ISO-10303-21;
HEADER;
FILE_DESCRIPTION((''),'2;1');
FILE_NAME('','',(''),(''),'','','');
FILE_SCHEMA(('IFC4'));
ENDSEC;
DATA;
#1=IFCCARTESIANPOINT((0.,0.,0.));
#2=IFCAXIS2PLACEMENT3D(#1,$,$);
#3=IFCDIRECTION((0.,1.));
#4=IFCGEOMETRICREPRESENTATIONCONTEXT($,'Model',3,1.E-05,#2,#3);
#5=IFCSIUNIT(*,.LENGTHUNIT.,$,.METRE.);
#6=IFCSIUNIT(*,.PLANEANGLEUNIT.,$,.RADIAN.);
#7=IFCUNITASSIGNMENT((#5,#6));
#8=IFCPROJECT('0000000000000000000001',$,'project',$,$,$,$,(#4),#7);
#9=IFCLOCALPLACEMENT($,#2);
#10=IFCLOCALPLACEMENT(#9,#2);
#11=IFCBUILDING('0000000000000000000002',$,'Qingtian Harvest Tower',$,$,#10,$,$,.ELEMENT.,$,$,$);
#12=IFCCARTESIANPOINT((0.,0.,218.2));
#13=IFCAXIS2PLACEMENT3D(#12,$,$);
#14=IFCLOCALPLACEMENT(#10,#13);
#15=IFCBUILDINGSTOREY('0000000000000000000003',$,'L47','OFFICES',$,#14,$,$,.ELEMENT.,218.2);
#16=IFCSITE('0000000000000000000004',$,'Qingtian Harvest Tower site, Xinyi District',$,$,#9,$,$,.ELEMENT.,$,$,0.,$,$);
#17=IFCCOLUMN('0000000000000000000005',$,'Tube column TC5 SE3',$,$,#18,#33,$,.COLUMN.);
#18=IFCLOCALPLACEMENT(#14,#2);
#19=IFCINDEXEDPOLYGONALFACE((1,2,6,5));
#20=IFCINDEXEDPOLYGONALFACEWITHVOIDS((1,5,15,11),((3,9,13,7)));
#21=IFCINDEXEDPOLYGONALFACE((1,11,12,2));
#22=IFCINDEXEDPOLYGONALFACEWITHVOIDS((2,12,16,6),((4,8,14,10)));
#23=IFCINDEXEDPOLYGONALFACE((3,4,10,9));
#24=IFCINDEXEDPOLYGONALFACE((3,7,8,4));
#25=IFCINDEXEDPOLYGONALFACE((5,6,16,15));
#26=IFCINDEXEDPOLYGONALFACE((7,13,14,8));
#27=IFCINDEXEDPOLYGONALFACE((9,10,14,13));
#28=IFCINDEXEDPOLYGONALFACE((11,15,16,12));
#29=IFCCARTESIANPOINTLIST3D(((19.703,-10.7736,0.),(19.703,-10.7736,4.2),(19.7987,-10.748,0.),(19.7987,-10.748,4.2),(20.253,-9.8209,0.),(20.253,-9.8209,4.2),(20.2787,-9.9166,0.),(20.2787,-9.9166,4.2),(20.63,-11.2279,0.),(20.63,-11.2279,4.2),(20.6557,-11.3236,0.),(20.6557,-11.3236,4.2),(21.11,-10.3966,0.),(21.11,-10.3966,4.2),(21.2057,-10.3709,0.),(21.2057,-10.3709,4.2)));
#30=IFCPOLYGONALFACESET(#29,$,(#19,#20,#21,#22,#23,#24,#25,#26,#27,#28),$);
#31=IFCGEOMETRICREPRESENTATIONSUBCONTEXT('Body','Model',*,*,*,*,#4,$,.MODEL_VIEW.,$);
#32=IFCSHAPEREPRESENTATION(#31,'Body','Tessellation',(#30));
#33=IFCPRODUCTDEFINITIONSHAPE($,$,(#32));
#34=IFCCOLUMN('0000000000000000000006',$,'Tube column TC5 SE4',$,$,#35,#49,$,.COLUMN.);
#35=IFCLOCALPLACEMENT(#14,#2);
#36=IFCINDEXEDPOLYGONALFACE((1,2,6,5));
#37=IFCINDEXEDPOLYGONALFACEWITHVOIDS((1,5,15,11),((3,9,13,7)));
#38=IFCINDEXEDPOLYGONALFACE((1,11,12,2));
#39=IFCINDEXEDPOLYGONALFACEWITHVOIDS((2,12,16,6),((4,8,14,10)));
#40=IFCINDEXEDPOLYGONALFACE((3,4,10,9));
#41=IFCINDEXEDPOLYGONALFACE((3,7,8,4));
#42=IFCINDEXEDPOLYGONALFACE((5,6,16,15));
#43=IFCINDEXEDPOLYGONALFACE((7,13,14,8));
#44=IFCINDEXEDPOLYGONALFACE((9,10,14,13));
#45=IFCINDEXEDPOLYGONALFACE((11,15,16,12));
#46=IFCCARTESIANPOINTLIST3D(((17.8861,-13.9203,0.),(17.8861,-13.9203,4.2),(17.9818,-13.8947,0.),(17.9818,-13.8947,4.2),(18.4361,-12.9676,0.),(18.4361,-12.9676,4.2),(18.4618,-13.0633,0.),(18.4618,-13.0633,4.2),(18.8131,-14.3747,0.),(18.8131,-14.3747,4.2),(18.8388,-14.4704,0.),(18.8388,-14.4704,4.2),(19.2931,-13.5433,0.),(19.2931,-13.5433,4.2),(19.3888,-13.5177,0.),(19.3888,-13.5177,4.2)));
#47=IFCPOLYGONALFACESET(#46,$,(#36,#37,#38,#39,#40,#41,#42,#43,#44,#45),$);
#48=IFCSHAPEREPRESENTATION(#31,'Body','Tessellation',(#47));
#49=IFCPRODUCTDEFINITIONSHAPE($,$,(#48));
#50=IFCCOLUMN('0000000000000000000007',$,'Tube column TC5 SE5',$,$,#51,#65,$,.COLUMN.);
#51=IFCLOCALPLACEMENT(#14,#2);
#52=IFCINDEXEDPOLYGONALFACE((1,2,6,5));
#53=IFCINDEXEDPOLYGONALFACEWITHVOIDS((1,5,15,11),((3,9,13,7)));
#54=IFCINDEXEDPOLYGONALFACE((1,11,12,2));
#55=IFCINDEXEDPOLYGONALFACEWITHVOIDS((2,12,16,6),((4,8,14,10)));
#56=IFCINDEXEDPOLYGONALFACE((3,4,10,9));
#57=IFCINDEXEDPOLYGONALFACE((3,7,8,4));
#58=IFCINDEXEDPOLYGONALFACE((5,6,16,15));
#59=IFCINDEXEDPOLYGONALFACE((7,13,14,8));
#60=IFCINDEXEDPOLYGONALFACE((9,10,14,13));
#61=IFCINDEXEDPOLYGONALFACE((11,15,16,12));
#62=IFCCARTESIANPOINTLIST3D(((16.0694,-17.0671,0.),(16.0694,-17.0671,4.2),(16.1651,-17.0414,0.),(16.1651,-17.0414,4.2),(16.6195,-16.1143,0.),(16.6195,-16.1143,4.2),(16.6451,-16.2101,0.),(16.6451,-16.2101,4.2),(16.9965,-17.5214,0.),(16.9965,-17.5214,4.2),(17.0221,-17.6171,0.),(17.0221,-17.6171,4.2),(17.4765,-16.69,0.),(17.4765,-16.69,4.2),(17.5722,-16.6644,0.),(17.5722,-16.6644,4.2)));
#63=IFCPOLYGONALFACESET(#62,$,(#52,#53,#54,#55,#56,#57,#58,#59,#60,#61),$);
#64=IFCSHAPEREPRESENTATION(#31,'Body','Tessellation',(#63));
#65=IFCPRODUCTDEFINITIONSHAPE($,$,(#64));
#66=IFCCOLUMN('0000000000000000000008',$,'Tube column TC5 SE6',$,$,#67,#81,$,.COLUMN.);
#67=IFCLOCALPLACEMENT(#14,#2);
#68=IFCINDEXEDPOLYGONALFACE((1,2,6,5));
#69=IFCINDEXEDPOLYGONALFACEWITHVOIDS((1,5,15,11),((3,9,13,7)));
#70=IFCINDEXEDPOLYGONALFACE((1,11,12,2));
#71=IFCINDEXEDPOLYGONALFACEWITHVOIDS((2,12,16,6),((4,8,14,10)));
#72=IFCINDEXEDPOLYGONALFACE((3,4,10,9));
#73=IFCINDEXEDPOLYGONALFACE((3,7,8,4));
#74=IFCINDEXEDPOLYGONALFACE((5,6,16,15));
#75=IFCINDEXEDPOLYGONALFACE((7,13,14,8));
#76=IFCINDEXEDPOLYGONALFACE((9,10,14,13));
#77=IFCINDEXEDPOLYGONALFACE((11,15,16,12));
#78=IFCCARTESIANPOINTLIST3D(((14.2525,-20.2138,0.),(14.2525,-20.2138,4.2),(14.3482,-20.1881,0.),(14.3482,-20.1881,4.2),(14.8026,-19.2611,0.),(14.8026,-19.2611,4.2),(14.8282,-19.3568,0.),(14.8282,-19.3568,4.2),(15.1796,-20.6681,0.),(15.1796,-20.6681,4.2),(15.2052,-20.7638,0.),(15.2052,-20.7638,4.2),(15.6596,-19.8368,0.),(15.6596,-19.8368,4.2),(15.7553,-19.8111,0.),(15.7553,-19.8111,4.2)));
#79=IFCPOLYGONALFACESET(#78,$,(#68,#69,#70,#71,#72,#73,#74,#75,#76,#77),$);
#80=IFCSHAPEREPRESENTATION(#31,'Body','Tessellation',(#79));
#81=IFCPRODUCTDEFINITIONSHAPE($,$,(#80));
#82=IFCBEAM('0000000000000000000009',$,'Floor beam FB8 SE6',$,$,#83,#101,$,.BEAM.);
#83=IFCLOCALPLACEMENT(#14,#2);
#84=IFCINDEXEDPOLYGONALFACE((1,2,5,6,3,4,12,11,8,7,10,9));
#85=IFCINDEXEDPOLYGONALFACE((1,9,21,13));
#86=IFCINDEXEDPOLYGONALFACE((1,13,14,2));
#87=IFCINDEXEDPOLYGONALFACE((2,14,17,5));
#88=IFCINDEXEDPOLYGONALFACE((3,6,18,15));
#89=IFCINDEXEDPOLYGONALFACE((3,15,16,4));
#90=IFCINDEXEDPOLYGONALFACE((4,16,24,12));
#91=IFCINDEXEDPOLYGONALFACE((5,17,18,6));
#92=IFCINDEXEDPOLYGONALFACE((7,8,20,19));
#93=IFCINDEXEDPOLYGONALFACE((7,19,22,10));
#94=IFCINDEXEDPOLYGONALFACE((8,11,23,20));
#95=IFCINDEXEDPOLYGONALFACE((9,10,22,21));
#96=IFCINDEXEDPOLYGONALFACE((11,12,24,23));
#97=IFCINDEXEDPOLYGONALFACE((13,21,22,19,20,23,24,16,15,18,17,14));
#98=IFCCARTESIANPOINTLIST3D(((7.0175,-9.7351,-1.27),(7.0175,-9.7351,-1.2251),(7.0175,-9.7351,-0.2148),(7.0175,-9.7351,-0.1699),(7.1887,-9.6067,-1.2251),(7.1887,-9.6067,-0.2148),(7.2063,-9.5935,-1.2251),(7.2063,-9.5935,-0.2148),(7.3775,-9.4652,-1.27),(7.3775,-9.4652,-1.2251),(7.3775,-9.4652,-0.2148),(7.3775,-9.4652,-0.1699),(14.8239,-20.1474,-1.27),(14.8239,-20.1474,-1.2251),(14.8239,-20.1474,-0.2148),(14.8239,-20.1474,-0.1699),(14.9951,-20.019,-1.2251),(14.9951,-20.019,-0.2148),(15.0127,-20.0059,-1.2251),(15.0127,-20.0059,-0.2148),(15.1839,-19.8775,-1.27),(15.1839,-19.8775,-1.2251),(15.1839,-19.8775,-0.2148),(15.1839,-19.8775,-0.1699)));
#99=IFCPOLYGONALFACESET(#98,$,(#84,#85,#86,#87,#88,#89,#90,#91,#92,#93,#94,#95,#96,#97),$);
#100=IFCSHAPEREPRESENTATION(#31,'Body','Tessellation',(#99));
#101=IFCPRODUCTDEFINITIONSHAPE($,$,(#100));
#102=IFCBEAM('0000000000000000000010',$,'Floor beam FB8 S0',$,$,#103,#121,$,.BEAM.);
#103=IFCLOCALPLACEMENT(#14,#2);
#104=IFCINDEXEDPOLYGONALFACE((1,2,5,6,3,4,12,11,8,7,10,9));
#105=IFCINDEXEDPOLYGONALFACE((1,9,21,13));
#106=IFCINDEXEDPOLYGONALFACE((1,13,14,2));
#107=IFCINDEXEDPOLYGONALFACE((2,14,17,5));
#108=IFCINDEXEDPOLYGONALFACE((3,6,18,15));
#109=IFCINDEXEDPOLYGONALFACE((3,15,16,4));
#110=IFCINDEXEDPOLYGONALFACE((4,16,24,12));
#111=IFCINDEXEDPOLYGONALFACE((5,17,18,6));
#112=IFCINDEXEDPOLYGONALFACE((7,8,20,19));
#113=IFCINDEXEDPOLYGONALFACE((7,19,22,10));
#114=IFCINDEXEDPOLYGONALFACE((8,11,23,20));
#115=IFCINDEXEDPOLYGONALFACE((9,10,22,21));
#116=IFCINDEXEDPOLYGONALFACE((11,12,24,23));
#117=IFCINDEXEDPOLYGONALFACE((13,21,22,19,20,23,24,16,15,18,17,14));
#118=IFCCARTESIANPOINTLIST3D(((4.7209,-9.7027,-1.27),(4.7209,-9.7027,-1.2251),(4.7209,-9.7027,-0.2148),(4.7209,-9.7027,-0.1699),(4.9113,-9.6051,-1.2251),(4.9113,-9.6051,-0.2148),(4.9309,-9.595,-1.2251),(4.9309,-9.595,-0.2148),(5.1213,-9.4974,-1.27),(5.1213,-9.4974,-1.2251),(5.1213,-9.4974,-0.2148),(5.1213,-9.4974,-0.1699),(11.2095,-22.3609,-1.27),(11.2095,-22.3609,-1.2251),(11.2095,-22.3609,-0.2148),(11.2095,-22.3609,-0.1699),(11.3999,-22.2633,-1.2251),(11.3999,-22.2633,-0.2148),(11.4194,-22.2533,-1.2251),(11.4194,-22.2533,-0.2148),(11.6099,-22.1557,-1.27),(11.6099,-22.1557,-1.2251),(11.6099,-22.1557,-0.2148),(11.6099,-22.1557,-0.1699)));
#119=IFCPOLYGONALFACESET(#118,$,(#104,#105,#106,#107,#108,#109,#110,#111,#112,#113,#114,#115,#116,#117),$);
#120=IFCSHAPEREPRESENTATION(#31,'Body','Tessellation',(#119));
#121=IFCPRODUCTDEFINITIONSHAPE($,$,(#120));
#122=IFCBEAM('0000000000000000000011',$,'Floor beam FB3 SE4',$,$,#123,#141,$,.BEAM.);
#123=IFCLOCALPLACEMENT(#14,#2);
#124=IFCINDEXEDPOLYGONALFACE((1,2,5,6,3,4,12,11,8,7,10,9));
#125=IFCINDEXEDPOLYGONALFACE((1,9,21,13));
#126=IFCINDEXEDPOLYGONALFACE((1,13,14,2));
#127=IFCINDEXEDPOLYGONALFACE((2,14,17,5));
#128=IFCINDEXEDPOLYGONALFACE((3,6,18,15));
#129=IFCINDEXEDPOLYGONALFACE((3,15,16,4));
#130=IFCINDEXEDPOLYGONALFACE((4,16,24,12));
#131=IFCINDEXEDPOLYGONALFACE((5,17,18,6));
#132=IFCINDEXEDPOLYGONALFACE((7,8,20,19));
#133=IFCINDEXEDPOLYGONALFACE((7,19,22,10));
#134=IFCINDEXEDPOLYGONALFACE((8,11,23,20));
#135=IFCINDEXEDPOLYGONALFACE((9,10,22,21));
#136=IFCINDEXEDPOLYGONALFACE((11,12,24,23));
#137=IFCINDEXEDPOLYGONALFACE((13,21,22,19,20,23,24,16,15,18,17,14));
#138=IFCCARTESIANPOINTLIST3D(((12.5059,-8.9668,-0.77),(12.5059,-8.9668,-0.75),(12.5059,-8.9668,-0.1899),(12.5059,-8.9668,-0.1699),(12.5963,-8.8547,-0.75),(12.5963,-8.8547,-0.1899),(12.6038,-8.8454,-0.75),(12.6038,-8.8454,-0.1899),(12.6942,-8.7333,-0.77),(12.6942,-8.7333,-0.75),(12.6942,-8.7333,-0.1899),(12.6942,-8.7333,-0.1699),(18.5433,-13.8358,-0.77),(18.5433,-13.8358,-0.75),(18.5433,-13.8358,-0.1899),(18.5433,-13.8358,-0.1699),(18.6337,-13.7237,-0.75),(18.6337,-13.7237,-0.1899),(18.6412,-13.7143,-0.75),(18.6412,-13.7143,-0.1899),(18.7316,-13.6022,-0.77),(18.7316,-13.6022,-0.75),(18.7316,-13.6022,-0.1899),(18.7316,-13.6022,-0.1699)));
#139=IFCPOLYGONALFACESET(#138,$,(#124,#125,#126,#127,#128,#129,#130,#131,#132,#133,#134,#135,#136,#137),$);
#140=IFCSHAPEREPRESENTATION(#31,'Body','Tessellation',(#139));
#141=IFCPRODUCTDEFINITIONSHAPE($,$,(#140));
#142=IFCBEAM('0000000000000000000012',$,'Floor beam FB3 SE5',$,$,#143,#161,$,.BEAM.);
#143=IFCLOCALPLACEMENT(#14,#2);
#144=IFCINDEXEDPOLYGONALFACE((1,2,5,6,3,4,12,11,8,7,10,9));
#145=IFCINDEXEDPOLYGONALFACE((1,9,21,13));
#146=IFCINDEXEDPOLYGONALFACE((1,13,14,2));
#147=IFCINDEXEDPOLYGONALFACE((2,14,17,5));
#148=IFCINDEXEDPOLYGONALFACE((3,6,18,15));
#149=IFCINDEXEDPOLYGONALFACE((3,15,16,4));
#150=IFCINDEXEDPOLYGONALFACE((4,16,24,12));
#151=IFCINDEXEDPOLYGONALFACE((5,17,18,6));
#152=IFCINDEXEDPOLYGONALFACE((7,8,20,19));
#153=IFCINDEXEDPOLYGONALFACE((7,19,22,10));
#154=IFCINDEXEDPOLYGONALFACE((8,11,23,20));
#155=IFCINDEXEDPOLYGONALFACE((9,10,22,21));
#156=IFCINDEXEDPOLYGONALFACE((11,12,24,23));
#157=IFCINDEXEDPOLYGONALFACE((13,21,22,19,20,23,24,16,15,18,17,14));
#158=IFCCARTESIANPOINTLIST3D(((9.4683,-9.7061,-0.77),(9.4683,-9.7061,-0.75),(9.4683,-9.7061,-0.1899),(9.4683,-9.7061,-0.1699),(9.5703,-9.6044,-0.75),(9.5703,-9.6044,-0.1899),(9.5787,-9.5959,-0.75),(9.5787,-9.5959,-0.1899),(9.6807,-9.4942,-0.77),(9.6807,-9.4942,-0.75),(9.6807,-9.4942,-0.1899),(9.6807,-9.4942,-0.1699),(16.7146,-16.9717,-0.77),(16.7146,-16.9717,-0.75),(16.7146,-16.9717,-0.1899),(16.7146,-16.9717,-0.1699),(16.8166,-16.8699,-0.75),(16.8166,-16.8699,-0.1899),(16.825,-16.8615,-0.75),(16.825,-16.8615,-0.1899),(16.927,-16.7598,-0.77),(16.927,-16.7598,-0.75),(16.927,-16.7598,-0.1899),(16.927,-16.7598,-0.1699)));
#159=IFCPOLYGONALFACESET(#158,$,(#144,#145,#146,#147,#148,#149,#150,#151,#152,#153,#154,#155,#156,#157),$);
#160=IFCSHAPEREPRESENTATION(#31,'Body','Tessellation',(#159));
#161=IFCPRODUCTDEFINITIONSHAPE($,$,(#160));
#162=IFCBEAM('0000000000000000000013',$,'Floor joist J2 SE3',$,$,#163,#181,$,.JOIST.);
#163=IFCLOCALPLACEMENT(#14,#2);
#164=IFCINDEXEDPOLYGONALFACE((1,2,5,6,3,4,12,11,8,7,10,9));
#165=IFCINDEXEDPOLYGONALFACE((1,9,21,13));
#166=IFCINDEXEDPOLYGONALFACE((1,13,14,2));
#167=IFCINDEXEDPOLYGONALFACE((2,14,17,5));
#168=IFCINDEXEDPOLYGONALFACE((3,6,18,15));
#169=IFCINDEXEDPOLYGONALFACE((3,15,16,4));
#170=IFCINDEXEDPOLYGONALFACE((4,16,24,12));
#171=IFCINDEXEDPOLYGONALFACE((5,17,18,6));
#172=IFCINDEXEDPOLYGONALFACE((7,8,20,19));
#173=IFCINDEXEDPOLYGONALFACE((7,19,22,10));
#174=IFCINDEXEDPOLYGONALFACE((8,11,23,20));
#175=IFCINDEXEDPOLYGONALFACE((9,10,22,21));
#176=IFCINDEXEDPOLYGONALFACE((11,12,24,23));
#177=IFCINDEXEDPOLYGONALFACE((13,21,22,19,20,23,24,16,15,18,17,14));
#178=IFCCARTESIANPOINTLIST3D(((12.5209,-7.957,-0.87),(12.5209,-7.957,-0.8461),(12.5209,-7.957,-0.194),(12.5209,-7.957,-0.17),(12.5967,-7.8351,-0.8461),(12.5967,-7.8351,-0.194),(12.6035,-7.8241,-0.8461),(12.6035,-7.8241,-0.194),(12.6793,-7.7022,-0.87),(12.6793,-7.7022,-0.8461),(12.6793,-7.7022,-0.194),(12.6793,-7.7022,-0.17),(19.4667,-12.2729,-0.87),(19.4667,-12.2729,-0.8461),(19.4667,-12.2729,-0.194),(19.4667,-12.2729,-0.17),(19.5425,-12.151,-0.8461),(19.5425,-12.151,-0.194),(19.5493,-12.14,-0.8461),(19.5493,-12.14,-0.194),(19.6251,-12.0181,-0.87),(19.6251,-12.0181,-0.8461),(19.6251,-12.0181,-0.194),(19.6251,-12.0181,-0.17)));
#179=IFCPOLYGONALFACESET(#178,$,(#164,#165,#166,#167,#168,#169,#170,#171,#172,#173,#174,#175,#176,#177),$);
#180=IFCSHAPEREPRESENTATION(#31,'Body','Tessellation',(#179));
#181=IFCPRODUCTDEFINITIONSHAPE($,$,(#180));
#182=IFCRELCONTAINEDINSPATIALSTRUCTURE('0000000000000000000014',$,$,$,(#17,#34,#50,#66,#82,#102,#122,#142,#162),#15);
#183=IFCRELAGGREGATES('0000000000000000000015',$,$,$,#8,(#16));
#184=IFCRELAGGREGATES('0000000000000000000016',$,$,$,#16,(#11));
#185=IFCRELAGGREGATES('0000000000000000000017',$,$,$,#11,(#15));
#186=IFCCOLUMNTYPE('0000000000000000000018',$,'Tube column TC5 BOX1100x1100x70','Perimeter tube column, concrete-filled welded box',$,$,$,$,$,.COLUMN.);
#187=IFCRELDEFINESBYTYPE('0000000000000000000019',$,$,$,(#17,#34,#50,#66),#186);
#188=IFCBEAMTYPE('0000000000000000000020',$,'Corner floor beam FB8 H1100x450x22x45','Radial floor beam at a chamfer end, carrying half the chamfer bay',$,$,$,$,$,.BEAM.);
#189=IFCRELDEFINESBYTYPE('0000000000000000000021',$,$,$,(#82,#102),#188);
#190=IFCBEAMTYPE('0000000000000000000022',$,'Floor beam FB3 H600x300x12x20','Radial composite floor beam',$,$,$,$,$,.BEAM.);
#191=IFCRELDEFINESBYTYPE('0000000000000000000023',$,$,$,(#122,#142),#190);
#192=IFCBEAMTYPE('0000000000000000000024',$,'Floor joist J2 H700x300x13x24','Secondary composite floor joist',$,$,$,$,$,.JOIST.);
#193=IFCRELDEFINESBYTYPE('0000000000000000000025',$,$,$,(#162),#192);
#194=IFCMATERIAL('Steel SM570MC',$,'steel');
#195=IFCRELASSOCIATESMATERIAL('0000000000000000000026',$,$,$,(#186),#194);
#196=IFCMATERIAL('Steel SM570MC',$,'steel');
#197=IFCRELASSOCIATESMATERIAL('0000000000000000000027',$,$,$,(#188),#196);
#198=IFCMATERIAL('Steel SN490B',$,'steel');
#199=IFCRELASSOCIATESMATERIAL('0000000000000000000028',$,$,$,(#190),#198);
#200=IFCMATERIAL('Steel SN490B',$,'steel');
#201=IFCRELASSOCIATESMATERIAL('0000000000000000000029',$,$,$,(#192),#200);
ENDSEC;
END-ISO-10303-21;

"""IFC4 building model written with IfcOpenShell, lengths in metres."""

from ifc_helpers import new_model, si_unit, direction, frame, origin, origin_2d, place, context, subcontext, project, spatial, hollow_rectangle, i_section, extrude, material, material_profile, profile_set, type_object, element, save


model = new_model("IFC4")

# Units and contexts
model_context = context("Model", 3, precision=1e-05, world=origin(), true_north=direction((0.0, 1.0)))
body_context = subcontext(model_context, "Body", "Model", "MODEL_VIEW")
ifc_project = project(units=[si_unit("LENGTHUNIT", "METRE"), si_unit("PLANEANGLEUNIT", "RADIAN")], contexts=[model_context])

# Site, building, storey
site_placement = place(None, origin())
site = spatial("IfcSite", under=ifc_project, at=site_placement, Name="Qingtian Harvest Tower site, Xinyi District", CompositionType="ELEMENT", RefElevation=0.0)
building_placement = place(site_placement, origin())
building = spatial("IfcBuilding", under=site, at=building_placement, Name="Qingtian Harvest Tower", CompositionType="ELEMENT")
storey_placement = place(building_placement, frame((0.0, 0.0, 218.2)))
storey = spatial("IfcBuildingStorey", under=building, at=storey_placement, Name="L47", Description="OFFICES", CompositionType="ELEMENT", Elevation=218.2)

# Columns
ifc_material_1 = material(Name="Steel SM570MC", Category="steel")
ifc_material_profile_1 = material_profile(ifc_material_1, hollow_rectangle(XDim=1.1001, YDim=1.1001, WallThickness=0.0701, at=origin_2d()), Name="BOX1100x1100x70")
ifc_profile_set_1 = profile_set([ifc_material_profile_1], Name="Steel SM570MC")
column_type = type_object("IfcColumnType", Name="Tube column TC5 BOX1100x1100x70", Description="Perimeter tube column, concrete-filled welded box", PredefinedType="COLUMN", material=ifc_profile_set_1)
for number, where, z_axis, x_axis, name in (
    (1, (20.4543, -10.5723, 0.0), (0.0, 0.0, 1.0), (0.5, 0.866025, 0.0), "Tube column TC5 SE3"),
    (2, (18.6375, -13.719, 0.0), (0.0, 0.0, 1.0), (0.5, 0.866025, 0.0), "Tube column TC5 SE4"),
    (3, (16.8208, -16.8657, 0.0), (0.0, 0.0, 1.0), (0.5, 0.866025, 0.0), "Tube column TC5 SE5"),
    (4, (15.0039, -20.0125, 0.0), (0.0, 0.0, 1.0), (0.5, 0.866025, 0.0), "Tube column TC5 SE6"),
):
    element("IfcColumn", number, at=place(storey_placement, frame(where, z_axis=z_axis, x_axis=x_axis)), inside=storey, type_object=column_type, Name=name, PredefinedType="COLUMN", context=body_context, shape_type="SweptSolid", body=[
        extrude(hollow_rectangle(XDim=1.1001, YDim=1.1001, WallThickness=0.0701, at=origin_2d()), origin(), (0.0, 0.0, 1.0), 4.2),
    ])

# Beams
ifc_material_2 = material(Name="Steel SM570MC", Category="steel")
ifc_material_profile_2 = material_profile(ifc_material_2, i_section(OverallWidth=0.45, OverallDepth=1.1001, WebThickness=0.022, FlangeThickness=0.0449, at=origin_2d()), Name="H1100x450x22x45")
ifc_profile_set_2 = profile_set([ifc_material_profile_2], Name="Steel SM570MC")
beam_type_1 = type_object("IfcBeamType", Name="Corner floor beam FB8 H1100x450x22x45", Description="Radial floor beam at a chamfer end, carrying half the chamfer bay", PredefinedType="BEAM", material=ifc_profile_set_2)
beam_1_placement = place(storey_placement, frame((15.0039, -20.0125, -0.72), z_axis=(-0.599859, 0.800106, 0.0), x_axis=(-0.800106, -0.599859, 0.0)))
element("IfcBeam", 5, at=beam_1_placement, inside=storey, type_object=beam_type_1, Name="Floor beam FB8 SE6", PredefinedType="BEAM", context=body_context, shape_type="SweptSolid", body=[
    extrude(i_section(OverallWidth=0.45, OverallDepth=1.1001, WebThickness=0.022, FlangeThickness=0.0449, at=origin_2d()), origin(), (0.0, 0.0, 1.0), 13.0137),
])
beam_2_placement = place(storey_placement, frame((11.4097, -22.2583, -0.72), z_axis=(-0.456157, 0.889899, 0.0), x_axis=(-0.889899, -0.456157, 0.0)))
element("IfcBeam", 6, at=beam_2_placement, inside=storey, type_object=beam_type_1, Name="Floor beam FB8 S0", PredefinedType="BEAM", context=body_context, shape_type="SweptSolid", body=[
    extrude(i_section(OverallWidth=0.45, OverallDepth=1.1001, WebThickness=0.022, FlangeThickness=0.0449, at=origin_2d()), origin(), (0.0, 0.0, 1.0), 14.2244),
])
ifc_material_3 = material(Name="Steel SN490B", Category="steel")
ifc_material_profile_3 = material_profile(ifc_material_3, i_section(OverallWidth=0.3, OverallDepth=0.6001, WebThickness=0.012, FlangeThickness=0.02, at=origin_2d()), Name="H600x300x12x20")
ifc_profile_set_3 = profile_set([ifc_material_profile_3], Name="Steel SN490B")
beam_type_2 = type_object("IfcBeamType", Name="Floor beam FB3 H600x300x12x20", Description="Radial composite floor beam", PredefinedType="BEAM", material=ifc_profile_set_3)
beam_3_placement = place(storey_placement, frame((18.6375, -13.719, -0.47), z_axis=(-0.778409, 0.627757, 0.0), x_axis=(-0.627757, -0.778409, 0.0)))
element("IfcBeam", 7, at=beam_3_placement, inside=storey, type_object=beam_type_2, Name="Floor beam FB3 SE4", PredefinedType="BEAM", context=body_context, shape_type="SweptSolid", body=[
    extrude(i_section(OverallWidth=0.3, OverallDepth=0.6001, WebThickness=0.012, FlangeThickness=0.02, at=origin_2d()), origin(), (0.0, 0.0, 1.0), 7.7561),
])
beam_4_placement = place(storey_placement, frame((16.8208, -16.8657, -0.47), z_axis=(-0.706166, 0.708046, 0.0), x_axis=(-0.708046, -0.706166, 0.0)))
element("IfcBeam", 8, at=beam_4_placement, inside=storey, type_object=beam_type_2, Name="Floor beam FB3 SE5", PredefinedType="BEAM", context=body_context, shape_type="SweptSolid", body=[
    extrude(i_section(OverallWidth=0.3, OverallDepth=0.6001, WebThickness=0.012, FlangeThickness=0.02, at=origin_2d()), origin(), (0.0, 0.0, 1.0), 10.2615),
])
ifc_material_4 = material(Name="Steel SN490B", Category="steel")
ifc_material_profile_4 = material_profile(ifc_material_4, i_section(OverallWidth=0.3, OverallDepth=0.7, WebThickness=0.0129, FlangeThickness=0.0239, at=origin_2d()), Name="H700x300x13x24")
ifc_profile_set_4 = profile_set([ifc_material_profile_4], Name="Steel SN490B")
beam_type_3 = type_object("IfcBeamType", Name="Floor joist J2 H700x300x13x24", Description="Secondary composite floor joist", PredefinedType="JOIST", material=ifc_profile_set_4)
beam_5_placement = place(storey_placement, frame((19.5459, -12.1455, -0.52), z_axis=(-0.849381, 0.52778, 0.0), x_axis=(-0.52778, -0.849381, 0.0)))
element("IfcBeam", 9, at=beam_5_placement, inside=storey, type_object=beam_type_3, Name="Floor joist J2 SE3", PredefinedType="JOIST", context=body_context, shape_type="SweptSolid", body=[
    extrude(i_section(OverallWidth=0.3, OverallDepth=0.7, WebThickness=0.0129, FlangeThickness=0.0239, at=origin_2d()), origin(), (0.0, 0.0, 1.0), 8.1775),
])

save(model, "model.ifc")
